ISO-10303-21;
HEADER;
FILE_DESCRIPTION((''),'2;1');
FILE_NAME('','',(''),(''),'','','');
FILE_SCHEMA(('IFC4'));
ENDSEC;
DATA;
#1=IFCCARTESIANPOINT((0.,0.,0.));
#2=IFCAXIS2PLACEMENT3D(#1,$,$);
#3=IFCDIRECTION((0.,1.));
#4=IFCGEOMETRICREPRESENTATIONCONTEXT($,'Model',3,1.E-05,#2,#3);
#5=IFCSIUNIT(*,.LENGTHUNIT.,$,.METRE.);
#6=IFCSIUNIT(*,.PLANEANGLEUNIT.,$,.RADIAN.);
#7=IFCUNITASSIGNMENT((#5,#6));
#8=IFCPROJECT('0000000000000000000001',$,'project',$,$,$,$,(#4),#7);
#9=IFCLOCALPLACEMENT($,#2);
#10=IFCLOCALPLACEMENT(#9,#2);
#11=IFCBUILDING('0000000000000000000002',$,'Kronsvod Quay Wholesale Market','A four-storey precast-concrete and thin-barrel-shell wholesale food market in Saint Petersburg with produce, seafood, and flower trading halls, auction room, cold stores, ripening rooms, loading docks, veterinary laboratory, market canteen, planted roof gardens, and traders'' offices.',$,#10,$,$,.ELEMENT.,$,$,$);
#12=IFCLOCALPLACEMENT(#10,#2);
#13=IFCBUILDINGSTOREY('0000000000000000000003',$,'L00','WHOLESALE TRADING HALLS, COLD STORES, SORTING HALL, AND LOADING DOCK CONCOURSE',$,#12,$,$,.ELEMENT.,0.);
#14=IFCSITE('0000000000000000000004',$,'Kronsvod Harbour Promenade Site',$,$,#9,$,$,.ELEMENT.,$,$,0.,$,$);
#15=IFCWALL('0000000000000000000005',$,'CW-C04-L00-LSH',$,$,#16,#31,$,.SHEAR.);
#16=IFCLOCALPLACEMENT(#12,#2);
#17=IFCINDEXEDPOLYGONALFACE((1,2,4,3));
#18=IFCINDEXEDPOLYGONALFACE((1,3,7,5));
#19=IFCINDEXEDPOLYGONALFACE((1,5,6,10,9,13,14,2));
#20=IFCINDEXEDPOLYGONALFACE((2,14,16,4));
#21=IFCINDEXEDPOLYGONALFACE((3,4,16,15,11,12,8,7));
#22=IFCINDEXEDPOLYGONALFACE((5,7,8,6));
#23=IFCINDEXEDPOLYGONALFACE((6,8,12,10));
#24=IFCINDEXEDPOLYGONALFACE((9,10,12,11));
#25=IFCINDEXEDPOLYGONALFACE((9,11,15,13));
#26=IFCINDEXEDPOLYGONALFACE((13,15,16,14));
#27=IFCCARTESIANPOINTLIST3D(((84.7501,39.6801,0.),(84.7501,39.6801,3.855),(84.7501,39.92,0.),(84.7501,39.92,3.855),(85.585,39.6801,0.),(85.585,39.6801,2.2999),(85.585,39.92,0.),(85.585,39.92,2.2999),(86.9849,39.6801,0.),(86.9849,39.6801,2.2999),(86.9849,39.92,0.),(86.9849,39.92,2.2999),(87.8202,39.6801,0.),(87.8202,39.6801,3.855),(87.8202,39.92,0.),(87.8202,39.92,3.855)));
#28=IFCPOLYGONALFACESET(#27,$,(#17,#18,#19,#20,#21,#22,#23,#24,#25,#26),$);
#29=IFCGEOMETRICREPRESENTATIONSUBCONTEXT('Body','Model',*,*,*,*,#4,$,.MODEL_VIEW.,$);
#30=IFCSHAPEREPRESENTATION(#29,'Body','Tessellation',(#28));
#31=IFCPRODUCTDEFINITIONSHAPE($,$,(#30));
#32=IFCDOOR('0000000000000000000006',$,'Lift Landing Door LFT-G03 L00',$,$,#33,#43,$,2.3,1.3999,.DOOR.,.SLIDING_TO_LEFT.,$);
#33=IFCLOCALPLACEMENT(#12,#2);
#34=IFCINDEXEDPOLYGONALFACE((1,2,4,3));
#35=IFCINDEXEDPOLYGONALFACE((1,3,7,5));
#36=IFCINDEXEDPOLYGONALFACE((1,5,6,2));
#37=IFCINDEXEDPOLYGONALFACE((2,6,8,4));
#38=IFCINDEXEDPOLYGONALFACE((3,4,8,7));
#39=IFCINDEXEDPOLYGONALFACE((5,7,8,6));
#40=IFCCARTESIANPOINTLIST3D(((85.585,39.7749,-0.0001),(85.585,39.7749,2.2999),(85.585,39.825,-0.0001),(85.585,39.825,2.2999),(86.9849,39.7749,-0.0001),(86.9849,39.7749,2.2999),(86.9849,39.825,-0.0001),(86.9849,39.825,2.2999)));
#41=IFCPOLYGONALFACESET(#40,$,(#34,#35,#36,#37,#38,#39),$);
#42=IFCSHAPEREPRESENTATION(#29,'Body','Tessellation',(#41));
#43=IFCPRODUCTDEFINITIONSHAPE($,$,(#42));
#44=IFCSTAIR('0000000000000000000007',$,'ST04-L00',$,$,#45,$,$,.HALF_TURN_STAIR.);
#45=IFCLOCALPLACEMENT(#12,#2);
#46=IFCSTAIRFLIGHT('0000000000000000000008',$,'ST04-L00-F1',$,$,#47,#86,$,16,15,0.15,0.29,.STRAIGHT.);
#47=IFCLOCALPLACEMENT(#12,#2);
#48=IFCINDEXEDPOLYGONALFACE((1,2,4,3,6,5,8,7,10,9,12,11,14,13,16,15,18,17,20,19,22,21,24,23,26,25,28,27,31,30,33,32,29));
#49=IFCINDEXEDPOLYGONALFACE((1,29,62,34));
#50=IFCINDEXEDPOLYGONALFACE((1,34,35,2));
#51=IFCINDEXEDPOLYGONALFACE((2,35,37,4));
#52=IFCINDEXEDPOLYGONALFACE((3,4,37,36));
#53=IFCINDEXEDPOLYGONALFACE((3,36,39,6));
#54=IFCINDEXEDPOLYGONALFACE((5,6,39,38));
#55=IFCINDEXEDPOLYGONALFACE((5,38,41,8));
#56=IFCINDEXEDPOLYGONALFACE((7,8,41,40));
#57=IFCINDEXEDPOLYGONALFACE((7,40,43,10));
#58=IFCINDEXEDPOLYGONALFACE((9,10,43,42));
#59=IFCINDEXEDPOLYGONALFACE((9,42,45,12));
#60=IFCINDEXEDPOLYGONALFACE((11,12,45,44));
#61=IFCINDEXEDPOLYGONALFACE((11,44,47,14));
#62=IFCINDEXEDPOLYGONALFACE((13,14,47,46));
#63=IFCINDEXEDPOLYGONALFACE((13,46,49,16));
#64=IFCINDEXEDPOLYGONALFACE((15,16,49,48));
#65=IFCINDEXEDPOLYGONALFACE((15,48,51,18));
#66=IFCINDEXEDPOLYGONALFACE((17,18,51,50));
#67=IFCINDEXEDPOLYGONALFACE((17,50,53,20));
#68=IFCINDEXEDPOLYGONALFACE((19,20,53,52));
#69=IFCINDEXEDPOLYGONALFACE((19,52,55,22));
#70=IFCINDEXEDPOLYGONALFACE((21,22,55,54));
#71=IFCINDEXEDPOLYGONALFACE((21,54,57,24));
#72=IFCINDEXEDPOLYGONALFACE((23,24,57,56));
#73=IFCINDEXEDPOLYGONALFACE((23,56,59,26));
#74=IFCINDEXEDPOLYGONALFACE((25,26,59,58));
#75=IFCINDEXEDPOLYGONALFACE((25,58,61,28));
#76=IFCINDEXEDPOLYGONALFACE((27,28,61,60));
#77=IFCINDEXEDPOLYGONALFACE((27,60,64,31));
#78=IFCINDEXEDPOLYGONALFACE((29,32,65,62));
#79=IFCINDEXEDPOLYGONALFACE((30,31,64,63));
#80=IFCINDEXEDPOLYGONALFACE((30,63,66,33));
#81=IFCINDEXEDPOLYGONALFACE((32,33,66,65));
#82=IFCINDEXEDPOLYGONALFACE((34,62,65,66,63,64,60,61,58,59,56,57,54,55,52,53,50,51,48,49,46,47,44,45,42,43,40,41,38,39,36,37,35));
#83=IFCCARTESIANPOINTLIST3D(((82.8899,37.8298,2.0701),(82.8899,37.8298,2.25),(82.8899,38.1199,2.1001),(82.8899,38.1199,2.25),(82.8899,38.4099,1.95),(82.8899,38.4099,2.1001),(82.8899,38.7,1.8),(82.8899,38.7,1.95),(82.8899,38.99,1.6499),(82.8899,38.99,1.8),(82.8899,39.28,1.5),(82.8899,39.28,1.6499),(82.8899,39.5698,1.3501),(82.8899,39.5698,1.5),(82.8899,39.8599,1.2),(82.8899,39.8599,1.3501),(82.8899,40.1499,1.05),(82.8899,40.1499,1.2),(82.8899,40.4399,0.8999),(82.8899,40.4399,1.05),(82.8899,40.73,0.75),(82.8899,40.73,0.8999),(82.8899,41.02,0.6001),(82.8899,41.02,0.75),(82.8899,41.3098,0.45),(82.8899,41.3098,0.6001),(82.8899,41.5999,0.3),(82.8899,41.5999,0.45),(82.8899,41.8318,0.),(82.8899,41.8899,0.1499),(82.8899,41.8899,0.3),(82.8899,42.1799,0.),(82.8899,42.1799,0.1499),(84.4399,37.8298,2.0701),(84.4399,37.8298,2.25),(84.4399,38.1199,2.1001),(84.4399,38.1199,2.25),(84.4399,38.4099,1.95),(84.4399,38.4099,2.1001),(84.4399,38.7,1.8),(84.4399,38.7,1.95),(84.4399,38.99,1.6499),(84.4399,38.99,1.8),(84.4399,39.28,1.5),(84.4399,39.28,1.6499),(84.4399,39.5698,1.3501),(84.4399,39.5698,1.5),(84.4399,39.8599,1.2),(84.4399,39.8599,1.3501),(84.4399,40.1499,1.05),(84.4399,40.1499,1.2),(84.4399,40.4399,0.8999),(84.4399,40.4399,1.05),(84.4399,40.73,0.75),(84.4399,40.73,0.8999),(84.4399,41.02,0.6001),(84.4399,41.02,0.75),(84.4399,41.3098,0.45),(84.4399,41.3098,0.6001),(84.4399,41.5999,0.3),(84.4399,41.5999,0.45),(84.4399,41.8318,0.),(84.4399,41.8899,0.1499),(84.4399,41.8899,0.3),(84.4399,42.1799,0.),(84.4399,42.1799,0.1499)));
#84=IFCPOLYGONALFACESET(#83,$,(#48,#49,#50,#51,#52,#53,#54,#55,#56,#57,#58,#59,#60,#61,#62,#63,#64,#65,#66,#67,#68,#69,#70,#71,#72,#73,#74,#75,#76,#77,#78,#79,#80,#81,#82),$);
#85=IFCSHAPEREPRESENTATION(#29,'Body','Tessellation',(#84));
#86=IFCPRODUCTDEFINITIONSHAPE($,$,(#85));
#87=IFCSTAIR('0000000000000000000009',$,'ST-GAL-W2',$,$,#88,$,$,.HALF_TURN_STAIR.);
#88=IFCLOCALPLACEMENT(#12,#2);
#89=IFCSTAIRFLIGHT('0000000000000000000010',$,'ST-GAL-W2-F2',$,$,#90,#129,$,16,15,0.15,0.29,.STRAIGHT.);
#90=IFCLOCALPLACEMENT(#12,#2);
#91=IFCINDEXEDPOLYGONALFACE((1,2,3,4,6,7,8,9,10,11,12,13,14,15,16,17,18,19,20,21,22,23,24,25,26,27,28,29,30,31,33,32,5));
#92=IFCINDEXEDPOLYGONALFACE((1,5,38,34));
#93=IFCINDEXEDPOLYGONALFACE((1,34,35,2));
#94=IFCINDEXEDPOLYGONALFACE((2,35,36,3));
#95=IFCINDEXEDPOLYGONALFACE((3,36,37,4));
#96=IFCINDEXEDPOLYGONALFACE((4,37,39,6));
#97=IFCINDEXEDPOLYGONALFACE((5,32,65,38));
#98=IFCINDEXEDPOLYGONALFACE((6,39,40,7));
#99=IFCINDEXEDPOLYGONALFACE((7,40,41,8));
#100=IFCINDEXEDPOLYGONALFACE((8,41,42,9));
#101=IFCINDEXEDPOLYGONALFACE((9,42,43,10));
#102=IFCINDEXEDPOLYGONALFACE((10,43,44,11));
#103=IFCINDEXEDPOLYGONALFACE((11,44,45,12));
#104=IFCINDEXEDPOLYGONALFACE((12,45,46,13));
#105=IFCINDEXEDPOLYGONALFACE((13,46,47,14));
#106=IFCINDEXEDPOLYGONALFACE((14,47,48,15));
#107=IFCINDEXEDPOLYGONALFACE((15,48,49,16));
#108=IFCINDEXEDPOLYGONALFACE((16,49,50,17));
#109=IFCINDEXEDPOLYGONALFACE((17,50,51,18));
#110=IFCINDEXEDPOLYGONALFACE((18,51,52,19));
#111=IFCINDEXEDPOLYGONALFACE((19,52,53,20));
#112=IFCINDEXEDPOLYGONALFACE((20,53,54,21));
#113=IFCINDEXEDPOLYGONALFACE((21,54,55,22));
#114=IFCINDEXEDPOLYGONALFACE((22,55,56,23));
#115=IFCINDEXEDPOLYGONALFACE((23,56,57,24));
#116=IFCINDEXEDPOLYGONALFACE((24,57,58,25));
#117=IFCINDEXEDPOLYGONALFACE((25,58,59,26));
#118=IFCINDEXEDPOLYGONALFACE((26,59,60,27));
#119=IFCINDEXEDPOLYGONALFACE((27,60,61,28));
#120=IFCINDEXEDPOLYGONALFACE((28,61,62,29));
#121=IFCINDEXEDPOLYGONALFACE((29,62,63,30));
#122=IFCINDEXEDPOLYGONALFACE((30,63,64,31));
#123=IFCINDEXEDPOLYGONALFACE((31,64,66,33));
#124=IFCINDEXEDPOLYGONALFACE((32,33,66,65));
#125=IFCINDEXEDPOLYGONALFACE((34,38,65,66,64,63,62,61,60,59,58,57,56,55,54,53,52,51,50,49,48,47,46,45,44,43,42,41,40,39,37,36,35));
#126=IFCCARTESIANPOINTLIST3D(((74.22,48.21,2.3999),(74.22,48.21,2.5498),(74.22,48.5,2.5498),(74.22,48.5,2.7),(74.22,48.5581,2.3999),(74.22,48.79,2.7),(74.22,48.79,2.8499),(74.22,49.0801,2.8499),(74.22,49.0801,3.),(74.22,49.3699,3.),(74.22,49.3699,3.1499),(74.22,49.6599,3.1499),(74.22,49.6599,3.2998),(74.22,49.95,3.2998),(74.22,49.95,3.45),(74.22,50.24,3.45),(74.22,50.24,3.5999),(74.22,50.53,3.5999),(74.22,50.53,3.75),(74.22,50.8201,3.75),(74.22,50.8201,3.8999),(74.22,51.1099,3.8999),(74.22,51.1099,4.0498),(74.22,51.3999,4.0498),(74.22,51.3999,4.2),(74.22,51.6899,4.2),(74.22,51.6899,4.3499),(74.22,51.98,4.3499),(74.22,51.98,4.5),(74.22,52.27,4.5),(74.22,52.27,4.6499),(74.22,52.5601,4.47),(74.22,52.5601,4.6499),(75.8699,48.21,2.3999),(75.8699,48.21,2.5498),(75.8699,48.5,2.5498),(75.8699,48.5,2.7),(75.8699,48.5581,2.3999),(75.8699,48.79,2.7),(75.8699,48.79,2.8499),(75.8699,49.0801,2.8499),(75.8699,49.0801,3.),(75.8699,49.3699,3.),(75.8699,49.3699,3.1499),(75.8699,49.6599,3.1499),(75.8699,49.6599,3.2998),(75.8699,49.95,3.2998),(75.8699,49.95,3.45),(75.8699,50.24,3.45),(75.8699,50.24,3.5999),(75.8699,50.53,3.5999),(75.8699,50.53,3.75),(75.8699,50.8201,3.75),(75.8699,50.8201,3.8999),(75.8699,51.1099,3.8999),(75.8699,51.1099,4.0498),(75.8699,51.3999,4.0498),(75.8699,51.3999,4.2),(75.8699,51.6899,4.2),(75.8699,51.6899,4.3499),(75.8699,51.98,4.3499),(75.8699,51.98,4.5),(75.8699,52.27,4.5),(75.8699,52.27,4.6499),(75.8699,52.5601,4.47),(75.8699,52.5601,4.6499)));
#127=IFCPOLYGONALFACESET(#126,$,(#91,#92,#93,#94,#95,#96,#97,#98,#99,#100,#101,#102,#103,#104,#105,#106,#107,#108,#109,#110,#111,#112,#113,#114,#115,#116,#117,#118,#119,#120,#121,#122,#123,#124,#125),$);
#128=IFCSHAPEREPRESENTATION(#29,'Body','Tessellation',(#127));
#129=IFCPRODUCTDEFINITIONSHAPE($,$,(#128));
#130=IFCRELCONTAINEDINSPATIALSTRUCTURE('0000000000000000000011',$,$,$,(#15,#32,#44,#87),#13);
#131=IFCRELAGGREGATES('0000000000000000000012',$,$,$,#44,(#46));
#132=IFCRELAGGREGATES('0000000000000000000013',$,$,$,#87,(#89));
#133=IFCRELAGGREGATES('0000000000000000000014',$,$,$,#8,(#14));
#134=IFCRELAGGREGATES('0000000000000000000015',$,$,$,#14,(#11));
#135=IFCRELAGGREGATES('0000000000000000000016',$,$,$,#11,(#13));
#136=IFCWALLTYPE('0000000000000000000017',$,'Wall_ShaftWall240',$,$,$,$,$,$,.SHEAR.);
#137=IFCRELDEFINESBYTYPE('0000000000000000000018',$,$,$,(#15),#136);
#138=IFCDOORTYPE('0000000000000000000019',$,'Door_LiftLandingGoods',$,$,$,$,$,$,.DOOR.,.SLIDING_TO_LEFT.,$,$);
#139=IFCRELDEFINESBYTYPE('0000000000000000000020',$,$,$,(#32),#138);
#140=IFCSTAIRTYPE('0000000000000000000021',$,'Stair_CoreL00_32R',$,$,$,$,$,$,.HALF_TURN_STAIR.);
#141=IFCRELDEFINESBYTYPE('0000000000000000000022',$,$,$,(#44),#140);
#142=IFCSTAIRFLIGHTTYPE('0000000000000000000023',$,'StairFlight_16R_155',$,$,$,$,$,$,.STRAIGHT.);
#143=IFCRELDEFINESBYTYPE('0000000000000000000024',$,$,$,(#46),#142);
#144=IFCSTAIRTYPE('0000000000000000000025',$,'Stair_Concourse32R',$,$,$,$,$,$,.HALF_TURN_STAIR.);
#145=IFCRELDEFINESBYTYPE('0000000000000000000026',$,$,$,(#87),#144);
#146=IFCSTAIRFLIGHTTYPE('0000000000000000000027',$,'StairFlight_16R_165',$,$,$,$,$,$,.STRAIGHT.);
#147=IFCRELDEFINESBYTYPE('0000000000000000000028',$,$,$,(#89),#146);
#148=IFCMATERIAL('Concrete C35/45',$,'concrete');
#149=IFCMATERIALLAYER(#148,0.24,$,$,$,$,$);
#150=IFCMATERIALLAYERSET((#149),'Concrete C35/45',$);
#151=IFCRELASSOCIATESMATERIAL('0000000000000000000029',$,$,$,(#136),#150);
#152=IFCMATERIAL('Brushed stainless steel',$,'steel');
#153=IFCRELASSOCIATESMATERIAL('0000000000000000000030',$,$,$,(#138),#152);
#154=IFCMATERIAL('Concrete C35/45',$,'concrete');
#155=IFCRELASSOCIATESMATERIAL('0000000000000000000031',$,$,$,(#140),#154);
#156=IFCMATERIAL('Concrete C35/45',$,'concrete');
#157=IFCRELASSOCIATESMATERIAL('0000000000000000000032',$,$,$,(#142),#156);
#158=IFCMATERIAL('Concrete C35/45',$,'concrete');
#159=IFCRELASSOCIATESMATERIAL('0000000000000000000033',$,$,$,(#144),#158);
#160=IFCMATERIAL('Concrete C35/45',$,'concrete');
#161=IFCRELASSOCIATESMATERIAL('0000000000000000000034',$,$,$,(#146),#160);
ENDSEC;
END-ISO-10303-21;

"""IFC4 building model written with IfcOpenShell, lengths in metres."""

from ifc_helpers import new_model, si_unit, direction, frame, frame_2d, origin, place, context, subcontext, project, spatial, polyline, rectangle, outline, extrude, material, layer, layer_set, type_object, element, fill, aggregate, save


model = new_model("IFC4")

# Units and contexts
model_context = context("Model", 3, precision=1e-05, world=origin(), true_north=direction((0.0, 1.0)))
body_context = subcontext(model_context, "Body", "Model", "MODEL_VIEW")
ifc_project = project(units=[si_unit("LENGTHUNIT", "METRE"), si_unit("PLANEANGLEUNIT", "RADIAN")], contexts=[model_context])

# Site, building, storey
site_placement = place(None, origin())
site = spatial("IfcSite", under=ifc_project, at=site_placement, Name="Kronsvod Harbour Promenade Site", CompositionType="ELEMENT", RefElevation=0.0)
building_placement = place(site_placement, origin())
building = spatial("IfcBuilding", under=site, at=building_placement, Name="Kronsvod Quay Wholesale Market", Description="A four-storey precast-concrete and thin-barrel-shell wholesale food market in Saint Petersburg with produce, seafood, and flower trading halls, auction room, cold stores, ripening rooms, loading docks, veterinary laboratory, market canteen, planted roof gardens, and traders' offices.", CompositionType="ELEMENT")
storey_placement = place(building_placement, origin())
storey = spatial("IfcBuildingStorey", under=building, at=storey_placement, Name="L00", Description="WHOLESALE TRADING HALLS, COLD STORES, SORTING HALL, AND LOADING DOCK CONCOURSE", CompositionType="ELEMENT", Elevation=0.0)

# Wall, opening, door
ifc_material_1 = material(Name="Concrete C35/45", Category="concrete")
ifc_layer_1 = layer(ifc_material_1, 0.24)
ifc_layer_set_1 = layer_set([ifc_layer_1], Name="Concrete C35/45")
wall_type_1 = type_object("IfcWallType", Name="Wall_ShaftWall240", PredefinedType="SHEAR", material=ifc_layer_set_1)
wall_1_placement = place(storey_placement, frame((84.75, 39.8, 0.0), z_axis=(0.0, 0.0, 1.0), x_axis=(1.0, 0.0, 0.0)))
wall_1 = element("IfcWall", 1, at=wall_1_placement, inside=storey, type_object=wall_type_1, Name="CW-C04-L00-LSH", PredefinedType="SHEAR", context=body_context, shape_type="SweptSolid", body=[
    extrude(rectangle(XDim=3.0701, YDim=0.24, at=frame_2d((1.5352, 0.0))), origin(), (0.0, 0.0, 1.0), 3.855),
])
opening_1_placement = place(wall_1_placement, frame((0.835, 0.0, 0.0)))
opening_1 = element("IfcOpeningElement", 2, at=opening_1_placement, cuts=wall_1, PredefinedType="OPENING", context=body_context, shape_type="SweptSolid", body=[
    extrude(rectangle(XDim=1.3999, YDim=2.3, at=frame_2d((0.7, 1.1499))), frame((0.0, 0.1299, 0.0), z_axis=(0.0, -1.0, 0.0), x_axis=(1.0, 0.0, 0.0)), (0.0, 0.0, 1.0), 0.26),
])
ifc_material_2 = material(Name="Brushed stainless steel", Category="steel")
door_type_1 = type_object("IfcDoorType", Name="Door_LiftLandingGoods", OperationType="SLIDING_TO_LEFT", PredefinedType="DOOR", material=ifc_material_2)
door_1_placement = place(opening_1_placement, origin())
door_1 = element("IfcDoor", 3, at=door_1_placement, inside=storey, type_object=door_type_1, Name="Lift Landing Door LFT-G03 L00", OperationType="SLIDING_TO_LEFT", OverallHeight=2.3, OverallWidth=1.3999, PredefinedType="DOOR", context=body_context, shape_type="SweptSolid", body=[
    extrude(rectangle(XDim=1.3999, YDim=2.3, at=frame_2d((0.7, 1.1499))), frame((0.0, 0.0249, 0.0), z_axis=(0.0, -1.0, 0.0), x_axis=(1.0, 0.0, 0.0)), (0.0, 0.0, 1.0), 0.05),
])
fill(opening_1, door_1)

# Stairs, stair flights
ifc_material_3 = material(Name="Concrete C35/45", Category="concrete")
stair_type_1 = type_object("IfcStairType", Name="Stair_CoreL00_32R", PredefinedType="HALF_TURN_STAIR", material=ifc_material_3)
stair_1_placement = place(storey_placement, origin())
stair_1 = element("IfcStair", 4, at=stair_1_placement, inside=storey, type_object=stair_type_1, Name="ST04-L00", PredefinedType="HALF_TURN_STAIR")
ifc_material_4 = material(Name="Concrete C35/45", Category="concrete")
stair_flight_type_1 = type_object("IfcStairFlightType", Name="StairFlight_16R_155", PredefinedType="STRAIGHT", material=ifc_material_4)
stair_flight_1_placement = place(storey_placement, frame((83.665, 42.1799, 0.0), z_axis=(0.0, 0.0, 1.0), x_axis=(0.0, -1.0, 0.0)))
stair_flight_1 = element("IfcStairFlight", 5, at=stair_flight_1_placement, type_object=stair_flight_type_1, Name="ST04-L00-F1", NumberOfRisers=16, NumberOfTreads=15, PredefinedType="STRAIGHT", RiserHeight=0.15, TreadLength=0.29, context=body_context, shape_type="SweptSolid", body=[
    extrude(outline(polyline([(0.0, 0.0), (0.0, 0.1499), (0.29, 0.1499), (0.29, 0.3), (0.5801, 0.3), (0.5801, 0.45), (0.8701, 0.45), (0.8701, 0.6001), (1.1599, 0.6001), (1.1599, 0.75), (1.45, 0.75), (1.45, 0.8999), (1.74, 0.8999), (1.74, 1.05), (2.03, 1.05), (2.03, 1.2), (2.3201, 1.2), (2.3201, 1.3501), (2.6101, 1.3501), (2.6101, 1.5), (2.8999, 1.5), (2.8999, 1.6499), (3.1899, 1.6499), (3.1899, 1.8), (3.48, 1.8), (3.48, 1.95), (3.77, 1.95), (3.77, 2.1001), (4.0601, 2.1001), (4.0601, 2.25), (4.3501, 2.25), (4.3501, 2.3999), (4.3501, 2.0701), (0.3481, 0.0), (0.0, 0.0)])), frame((0.0, 0.7749, 0.0), z_axis=(0.0, -1.0, 0.0), x_axis=(1.0, 0.0, 0.0)), (0.0, 0.0, 1.0), 1.55),
])
aggregate(stair_1, [stair_flight_1])
ifc_material_5 = material(Name="Concrete C35/45", Category="concrete")
stair_type_2 = type_object("IfcStairType", Name="Stair_Concourse32R", PredefinedType="HALF_TURN_STAIR", material=ifc_material_5)
stair_2_placement = place(storey_placement, origin())
stair_2 = element("IfcStair", 6, at=stair_2_placement, inside=storey, type_object=stair_type_2, Name="ST-GAL-W2", PredefinedType="HALF_TURN_STAIR")
ifc_material_6 = material(Name="Concrete C35/45", Category="concrete")
stair_flight_type_2 = type_object("IfcStairFlightType", Name="StairFlight_16R_165", PredefinedType="STRAIGHT", material=ifc_material_6)
stair_flight_2_placement = place(storey_placement, frame((75.0449, 48.21, 2.3999), z_axis=(0.0, 0.0, 1.0), x_axis=(0.0, 1.0, 0.0)))
stair_flight_2 = element("IfcStairFlight", 7, at=stair_flight_2_placement, type_object=stair_flight_type_2, Name="ST-GAL-W2-F2", NumberOfRisers=16, NumberOfTreads=15, PredefinedType="STRAIGHT", RiserHeight=0.15, TreadLength=0.29, context=body_context, shape_type="SweptSolid", body=[
    extrude(outline(polyline([(0.0, 0.0), (0.0, 0.1499), (0.29, 0.1499), (0.29, 0.3), (0.5801, 0.3), (0.5801, 0.45), (0.8701, 0.45), (0.8701, 0.6001), (1.1599, 0.6001), (1.1599, 0.75), (1.45, 0.75), (1.45, 0.8999), (1.74, 0.8999), (1.74, 1.05), (2.03, 1.05), (2.03, 1.2), (2.3201, 1.2), (2.3201, 1.3501), (2.6101, 1.3501), (2.6101, 1.5), (2.8999, 1.5), (2.8999, 1.6499), (3.1899, 1.6499), (3.1899, 1.8), (3.48, 1.8), (3.48, 1.95), (3.77, 1.95), (3.77, 2.1001), (4.0601, 2.1001), (4.0601, 2.25), (4.3501, 2.25), (4.3501, 2.3999), (4.3501, 2.0701), (0.3481, 0.0), (0.0, 0.0)])), frame((0.0, 0.825, 0.0), z_axis=(0.0, -1.0, 0.0), x_axis=(1.0, 0.0, 0.0)), (0.0, 0.0, 1.0), 1.6499),
])
aggregate(stair_2, [stair_flight_2])

save(model, "model.ifc")
